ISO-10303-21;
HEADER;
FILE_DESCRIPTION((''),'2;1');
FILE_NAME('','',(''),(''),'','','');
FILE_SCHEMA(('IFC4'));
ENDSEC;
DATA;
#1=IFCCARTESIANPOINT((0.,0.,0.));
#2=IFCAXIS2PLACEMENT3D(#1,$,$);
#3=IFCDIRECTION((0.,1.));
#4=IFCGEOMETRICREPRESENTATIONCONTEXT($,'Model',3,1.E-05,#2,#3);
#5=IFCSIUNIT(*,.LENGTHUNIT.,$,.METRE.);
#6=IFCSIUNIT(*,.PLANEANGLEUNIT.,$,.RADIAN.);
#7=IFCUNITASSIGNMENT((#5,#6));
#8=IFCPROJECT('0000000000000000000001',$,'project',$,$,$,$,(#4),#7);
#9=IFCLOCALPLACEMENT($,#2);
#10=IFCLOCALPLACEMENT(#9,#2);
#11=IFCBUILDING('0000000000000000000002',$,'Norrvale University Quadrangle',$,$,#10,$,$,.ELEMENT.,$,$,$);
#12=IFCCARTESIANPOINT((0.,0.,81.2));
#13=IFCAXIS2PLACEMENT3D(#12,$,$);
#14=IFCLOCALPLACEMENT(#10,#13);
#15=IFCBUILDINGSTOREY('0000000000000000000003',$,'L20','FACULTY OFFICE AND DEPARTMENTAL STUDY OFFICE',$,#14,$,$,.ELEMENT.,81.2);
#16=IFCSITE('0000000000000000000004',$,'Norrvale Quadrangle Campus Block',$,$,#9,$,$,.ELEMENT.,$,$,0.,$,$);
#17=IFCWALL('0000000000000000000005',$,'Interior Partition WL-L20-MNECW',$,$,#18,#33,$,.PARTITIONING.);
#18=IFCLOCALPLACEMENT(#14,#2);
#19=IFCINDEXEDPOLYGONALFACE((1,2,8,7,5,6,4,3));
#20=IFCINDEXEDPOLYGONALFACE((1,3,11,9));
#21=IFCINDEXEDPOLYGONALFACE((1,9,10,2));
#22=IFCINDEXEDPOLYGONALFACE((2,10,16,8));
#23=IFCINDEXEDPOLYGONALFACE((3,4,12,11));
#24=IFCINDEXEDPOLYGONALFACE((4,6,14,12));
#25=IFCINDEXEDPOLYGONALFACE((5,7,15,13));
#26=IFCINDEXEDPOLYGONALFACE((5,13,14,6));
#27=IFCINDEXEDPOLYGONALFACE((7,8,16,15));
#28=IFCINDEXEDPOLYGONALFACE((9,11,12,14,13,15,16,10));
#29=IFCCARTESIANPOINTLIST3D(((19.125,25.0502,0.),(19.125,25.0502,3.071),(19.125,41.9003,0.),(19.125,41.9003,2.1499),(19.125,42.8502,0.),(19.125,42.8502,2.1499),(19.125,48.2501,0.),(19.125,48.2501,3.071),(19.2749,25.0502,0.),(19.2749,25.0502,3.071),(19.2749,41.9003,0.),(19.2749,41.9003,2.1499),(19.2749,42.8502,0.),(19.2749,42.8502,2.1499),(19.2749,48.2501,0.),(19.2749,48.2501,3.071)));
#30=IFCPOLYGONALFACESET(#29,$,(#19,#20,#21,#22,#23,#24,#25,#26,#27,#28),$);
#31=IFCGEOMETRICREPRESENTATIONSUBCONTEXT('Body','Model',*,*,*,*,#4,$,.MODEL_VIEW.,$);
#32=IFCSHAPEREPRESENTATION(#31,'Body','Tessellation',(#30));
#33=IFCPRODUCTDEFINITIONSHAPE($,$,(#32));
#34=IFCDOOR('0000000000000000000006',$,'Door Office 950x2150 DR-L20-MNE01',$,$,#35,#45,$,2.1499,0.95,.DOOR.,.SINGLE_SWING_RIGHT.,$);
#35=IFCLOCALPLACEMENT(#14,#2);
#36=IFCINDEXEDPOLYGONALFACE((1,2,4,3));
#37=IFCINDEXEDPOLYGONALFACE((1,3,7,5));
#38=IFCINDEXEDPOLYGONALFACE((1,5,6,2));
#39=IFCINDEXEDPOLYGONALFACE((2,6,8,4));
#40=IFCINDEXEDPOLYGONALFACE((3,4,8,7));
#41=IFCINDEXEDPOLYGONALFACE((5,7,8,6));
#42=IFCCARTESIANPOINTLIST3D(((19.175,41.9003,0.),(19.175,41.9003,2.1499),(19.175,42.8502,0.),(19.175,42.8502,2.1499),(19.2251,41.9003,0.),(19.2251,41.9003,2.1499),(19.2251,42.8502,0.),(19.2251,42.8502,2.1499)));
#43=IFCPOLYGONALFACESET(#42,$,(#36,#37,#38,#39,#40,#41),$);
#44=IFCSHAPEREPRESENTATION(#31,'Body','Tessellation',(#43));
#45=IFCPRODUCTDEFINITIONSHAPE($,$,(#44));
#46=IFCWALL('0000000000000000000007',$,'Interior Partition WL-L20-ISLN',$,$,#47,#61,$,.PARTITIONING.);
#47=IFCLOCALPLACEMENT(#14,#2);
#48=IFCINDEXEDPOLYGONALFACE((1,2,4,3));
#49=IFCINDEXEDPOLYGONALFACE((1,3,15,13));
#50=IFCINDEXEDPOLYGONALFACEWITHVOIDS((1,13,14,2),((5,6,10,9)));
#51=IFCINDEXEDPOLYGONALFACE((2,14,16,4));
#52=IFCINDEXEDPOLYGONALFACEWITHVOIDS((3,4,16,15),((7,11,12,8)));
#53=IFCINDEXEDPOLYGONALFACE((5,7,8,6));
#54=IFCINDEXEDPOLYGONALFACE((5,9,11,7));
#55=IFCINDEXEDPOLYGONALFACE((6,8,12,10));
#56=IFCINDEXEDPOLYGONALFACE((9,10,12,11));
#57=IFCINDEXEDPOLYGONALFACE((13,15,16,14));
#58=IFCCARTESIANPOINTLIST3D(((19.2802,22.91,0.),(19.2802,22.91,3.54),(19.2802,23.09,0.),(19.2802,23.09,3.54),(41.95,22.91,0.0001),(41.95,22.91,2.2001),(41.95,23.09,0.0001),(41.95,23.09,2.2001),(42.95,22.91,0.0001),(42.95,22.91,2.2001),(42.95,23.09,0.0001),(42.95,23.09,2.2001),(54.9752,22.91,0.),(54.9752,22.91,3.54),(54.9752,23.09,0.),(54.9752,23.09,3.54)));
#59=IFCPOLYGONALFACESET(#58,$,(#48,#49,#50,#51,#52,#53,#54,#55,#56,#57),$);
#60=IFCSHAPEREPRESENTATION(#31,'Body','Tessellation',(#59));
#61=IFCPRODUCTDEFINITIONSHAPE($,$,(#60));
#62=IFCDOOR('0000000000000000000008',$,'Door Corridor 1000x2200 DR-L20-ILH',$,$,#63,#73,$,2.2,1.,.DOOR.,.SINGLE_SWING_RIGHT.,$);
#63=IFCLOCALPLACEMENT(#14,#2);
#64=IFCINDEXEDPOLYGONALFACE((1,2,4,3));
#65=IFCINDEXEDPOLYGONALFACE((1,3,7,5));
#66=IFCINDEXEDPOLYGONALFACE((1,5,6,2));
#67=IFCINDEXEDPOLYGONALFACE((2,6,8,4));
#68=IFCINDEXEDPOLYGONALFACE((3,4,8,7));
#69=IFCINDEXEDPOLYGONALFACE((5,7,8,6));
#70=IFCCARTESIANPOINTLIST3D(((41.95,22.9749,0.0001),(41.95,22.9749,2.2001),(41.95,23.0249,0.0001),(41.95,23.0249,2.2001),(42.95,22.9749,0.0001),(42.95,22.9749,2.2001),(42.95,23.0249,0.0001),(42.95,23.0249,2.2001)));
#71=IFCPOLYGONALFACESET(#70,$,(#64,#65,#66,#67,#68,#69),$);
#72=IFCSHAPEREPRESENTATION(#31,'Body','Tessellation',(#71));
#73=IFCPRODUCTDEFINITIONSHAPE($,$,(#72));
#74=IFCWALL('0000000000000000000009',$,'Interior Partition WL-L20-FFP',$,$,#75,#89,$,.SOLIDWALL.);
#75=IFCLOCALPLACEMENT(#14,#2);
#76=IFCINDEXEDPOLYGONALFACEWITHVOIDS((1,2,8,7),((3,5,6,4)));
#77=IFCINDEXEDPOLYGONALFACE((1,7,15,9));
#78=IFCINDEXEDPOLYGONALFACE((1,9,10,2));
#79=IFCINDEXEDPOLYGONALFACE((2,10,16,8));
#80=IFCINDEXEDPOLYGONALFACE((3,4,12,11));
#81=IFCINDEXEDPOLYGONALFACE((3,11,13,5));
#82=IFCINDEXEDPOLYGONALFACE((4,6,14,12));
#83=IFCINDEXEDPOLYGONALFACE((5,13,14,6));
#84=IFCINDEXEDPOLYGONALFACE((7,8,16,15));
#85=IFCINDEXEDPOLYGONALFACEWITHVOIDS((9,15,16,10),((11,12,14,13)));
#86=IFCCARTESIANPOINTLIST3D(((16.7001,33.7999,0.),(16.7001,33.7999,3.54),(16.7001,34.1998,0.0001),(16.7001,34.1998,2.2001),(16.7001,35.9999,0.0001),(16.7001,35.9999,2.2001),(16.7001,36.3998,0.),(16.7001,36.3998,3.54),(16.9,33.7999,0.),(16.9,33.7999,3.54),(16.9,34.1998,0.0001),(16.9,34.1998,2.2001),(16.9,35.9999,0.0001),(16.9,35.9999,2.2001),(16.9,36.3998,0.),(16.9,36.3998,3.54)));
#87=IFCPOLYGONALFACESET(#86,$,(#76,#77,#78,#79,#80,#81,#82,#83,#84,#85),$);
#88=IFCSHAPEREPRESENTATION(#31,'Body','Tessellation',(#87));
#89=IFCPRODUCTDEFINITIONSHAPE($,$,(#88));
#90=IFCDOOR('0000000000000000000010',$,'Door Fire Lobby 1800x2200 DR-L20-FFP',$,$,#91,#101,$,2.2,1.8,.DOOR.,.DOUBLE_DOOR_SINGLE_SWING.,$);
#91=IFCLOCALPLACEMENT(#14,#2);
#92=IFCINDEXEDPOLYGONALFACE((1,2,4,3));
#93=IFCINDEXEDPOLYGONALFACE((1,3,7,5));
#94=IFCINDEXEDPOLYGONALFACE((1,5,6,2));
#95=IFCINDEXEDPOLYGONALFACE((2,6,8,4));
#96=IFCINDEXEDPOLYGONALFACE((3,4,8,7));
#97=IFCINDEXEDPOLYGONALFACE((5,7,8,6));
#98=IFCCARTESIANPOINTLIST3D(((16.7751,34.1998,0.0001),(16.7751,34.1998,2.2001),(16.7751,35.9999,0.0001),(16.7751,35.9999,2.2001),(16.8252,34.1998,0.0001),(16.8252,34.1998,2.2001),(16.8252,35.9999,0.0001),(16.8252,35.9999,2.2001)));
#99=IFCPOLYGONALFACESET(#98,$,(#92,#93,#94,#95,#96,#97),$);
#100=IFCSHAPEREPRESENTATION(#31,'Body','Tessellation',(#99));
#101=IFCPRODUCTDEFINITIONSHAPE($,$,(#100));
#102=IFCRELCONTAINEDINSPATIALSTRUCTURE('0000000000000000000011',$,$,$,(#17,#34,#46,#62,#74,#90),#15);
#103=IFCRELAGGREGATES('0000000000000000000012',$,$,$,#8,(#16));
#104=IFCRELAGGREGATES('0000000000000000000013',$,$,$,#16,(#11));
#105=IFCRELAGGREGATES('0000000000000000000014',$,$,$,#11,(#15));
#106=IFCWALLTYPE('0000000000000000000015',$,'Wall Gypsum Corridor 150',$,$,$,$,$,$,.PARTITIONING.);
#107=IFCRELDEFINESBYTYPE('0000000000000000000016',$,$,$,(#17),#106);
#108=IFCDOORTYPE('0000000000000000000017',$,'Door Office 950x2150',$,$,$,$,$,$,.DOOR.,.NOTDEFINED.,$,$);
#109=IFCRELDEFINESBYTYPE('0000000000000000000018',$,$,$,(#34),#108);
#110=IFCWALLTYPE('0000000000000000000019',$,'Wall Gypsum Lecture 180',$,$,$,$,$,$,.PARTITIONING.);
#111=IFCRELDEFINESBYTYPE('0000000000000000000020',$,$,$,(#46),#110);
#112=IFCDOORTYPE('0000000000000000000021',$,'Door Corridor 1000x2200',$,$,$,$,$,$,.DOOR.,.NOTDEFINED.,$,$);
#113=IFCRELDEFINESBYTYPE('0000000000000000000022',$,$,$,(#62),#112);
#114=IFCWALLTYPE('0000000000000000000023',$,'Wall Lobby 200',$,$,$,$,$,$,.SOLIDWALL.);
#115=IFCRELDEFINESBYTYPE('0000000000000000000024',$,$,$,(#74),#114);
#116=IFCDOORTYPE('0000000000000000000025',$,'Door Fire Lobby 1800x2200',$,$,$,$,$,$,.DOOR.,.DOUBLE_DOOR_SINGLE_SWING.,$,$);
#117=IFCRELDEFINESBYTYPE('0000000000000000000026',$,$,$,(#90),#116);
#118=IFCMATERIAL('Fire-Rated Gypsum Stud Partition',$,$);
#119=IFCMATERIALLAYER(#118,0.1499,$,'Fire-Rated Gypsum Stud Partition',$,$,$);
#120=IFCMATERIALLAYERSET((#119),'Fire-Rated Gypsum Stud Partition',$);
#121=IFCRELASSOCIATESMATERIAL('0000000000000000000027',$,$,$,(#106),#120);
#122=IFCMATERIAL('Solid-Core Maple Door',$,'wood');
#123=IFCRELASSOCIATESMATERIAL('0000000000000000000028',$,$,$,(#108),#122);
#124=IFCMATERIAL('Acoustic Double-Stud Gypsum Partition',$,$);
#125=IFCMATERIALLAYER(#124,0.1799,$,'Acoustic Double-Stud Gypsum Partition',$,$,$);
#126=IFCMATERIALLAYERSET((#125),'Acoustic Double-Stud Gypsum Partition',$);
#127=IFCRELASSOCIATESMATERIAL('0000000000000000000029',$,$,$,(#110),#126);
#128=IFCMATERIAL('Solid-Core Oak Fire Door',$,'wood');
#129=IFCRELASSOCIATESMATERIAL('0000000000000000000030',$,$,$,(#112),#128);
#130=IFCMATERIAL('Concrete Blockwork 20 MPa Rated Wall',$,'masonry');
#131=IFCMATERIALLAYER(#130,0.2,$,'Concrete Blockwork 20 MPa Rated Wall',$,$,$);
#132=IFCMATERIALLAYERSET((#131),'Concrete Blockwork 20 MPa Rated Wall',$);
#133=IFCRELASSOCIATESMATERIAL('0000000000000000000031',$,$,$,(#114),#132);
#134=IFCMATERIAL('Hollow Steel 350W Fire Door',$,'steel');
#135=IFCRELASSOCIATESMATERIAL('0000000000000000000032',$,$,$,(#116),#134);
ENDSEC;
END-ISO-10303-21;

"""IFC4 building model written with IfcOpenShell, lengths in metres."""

from ifc_helpers import new_model, si_unit, direction, frame, frame_2d, origin, place, context, subcontext, project, spatial, rectangle, extrude, material, layer, layer_set, type_object, element, fill, save


model = new_model("IFC4")

# Units and contexts
model_context = context("Model", 3, precision=1e-05, world=origin(), true_north=direction((0.0, 1.0)))
body_context = subcontext(model_context, "Body", "Model", "MODEL_VIEW")
ifc_project = project(units=[si_unit("LENGTHUNIT", "METRE"), si_unit("PLANEANGLEUNIT", "RADIAN")], contexts=[model_context])

# Site, building, storey
site_placement = place(None, origin())
site = spatial("IfcSite", under=ifc_project, at=site_placement, Name="Norrvale Quadrangle Campus Block", CompositionType="ELEMENT", RefElevation=0.0)
building_placement = place(site_placement, origin())
building = spatial("IfcBuilding", under=site, at=building_placement, Name="Norrvale University Quadrangle", CompositionType="ELEMENT")
storey_placement = place(building_placement, frame((0.0, 0.0, 81.2)))
storey = spatial("IfcBuildingStorey", under=building, at=storey_placement, Name="L20", Description="FACULTY OFFICE AND DEPARTMENTAL STUDY OFFICE", CompositionType="ELEMENT", Elevation=81.2)

# Walls, openings, doors
ifc_material_1 = material(Name="Fire-Rated Gypsum Stud Partition")
ifc_layer_1 = layer(ifc_material_1, 0.1499, Name="Fire-Rated Gypsum Stud Partition")
ifc_layer_set_1 = layer_set([ifc_layer_1], Name="Fire-Rated Gypsum Stud Partition")
wall_type_1 = type_object("IfcWallType", Name="Wall Gypsum Corridor 150", PredefinedType="PARTITIONING", material=ifc_layer_set_1)
wall_1_placement = place(storey_placement, frame((19.2, 25.05, 0.0), z_axis=(0.0, 0.0, 1.0), x_axis=(0.0, 1.0, 0.0)))
wall_1 = element("IfcWall", 1, at=wall_1_placement, inside=storey, type_object=wall_type_1, Name="Interior Partition WL-L20-MNECW", PredefinedType="PARTITIONING", context=body_context, shape_type="SweptSolid", body=[
    extrude(rectangle(XDim=23.2, YDim=0.1499, at=frame_2d((11.6001, 0.0))), origin(), (0.0, 0.0, 1.0), 3.071),
])
opening_1_placement = place(wall_1_placement, frame((16.8501, 0.0, 0.0)))
opening_1 = element("IfcOpeningElement", 2, at=opening_1_placement, cuts=wall_1, PredefinedType="OPENING", context=body_context, shape_type="SweptSolid", body=[
    extrude(rectangle(XDim=0.95, YDim=2.1499, at=frame_2d((0.4751, 1.075))), frame((0.0, 0.0869, 0.0), z_axis=(0.0, -1.0, 0.0), x_axis=(1.0, 0.0, 0.0)), (0.0, 0.0, 1.0), 0.1738),
])
ifc_material_2 = material(Name="Solid-Core Maple Door", Category="wood")
door_type_1 = type_object("IfcDoorType", Name="Door Office 950x2150", OperationType="NOTDEFINED", PredefinedType="DOOR", material=ifc_material_2)
door_1_placement = place(opening_1_placement, origin())
door_1 = element("IfcDoor", 3, at=door_1_placement, inside=storey, type_object=door_type_1, Name="Door Office 950x2150 DR-L20-MNE01", OperationType="SINGLE_SWING_RIGHT", OverallHeight=2.1499, OverallWidth=0.95, PredefinedType="DOOR", context=body_context, shape_type="SweptSolid", body=[
    extrude(rectangle(XDim=0.95, YDim=2.1499, at=frame_2d((0.4751, 1.075))), frame((0.0, 0.0249, 0.0), z_axis=(0.0, -1.0, 0.0), x_axis=(1.0, 0.0, 0.0)), (0.0, 0.0, 1.0), 0.05),
])
fill(opening_1, door_1)
ifc_material_3 = material(Name="Acoustic Double-Stud Gypsum Partition")
ifc_layer_2 = layer(ifc_material_3, 0.1799, Name="Acoustic Double-Stud Gypsum Partition")
ifc_layer_set_2 = layer_set([ifc_layer_2], Name="Acoustic Double-Stud Gypsum Partition")
wall_type_2 = type_object("IfcWallType", Name="Wall Gypsum Lecture 180", PredefinedType="PARTITIONING", material=ifc_layer_set_2)
wall_2_placement = place(storey_placement, frame((19.28, 23.0, 0.0), z_axis=(0.0, 0.0, 1.0), x_axis=(1.0, 0.0, 0.0)))
wall_2 = element("IfcWall", 4, at=wall_2_placement, inside=storey, type_object=wall_type_2, Name="Interior Partition WL-L20-ISLN", PredefinedType="PARTITIONING", context=body_context, shape_type="SweptSolid", body=[
    extrude(rectangle(XDim=35.6951, YDim=0.1799, at=frame_2d((17.8477, 0.0))), origin(), (0.0, 0.0, 1.0), 3.54),
])
opening_2_placement = place(wall_2_placement, frame((22.6699, 0.0, 0.0)))
opening_2 = element("IfcOpeningElement", 5, at=opening_2_placement, cuts=wall_2, PredefinedType="OPENING", context=body_context, shape_type="SweptSolid", body=[
    extrude(rectangle(XDim=1.0, YDim=2.2, at=frame_2d((0.5, 1.1001))), frame((0.0, 0.1021, 0.0), z_axis=(0.0, -1.0, 0.0), x_axis=(1.0, 0.0, 0.0)), (0.0, 0.0, 1.0), 0.2039),
])
ifc_material_4 = material(Name="Solid-Core Oak Fire Door", Category="wood")
door_type_2 = type_object("IfcDoorType", Name="Door Corridor 1000x2200", OperationType="NOTDEFINED", PredefinedType="DOOR", material=ifc_material_4)
door_2_placement = place(opening_2_placement, origin())
door_2 = element("IfcDoor", 6, at=door_2_placement, inside=storey, type_object=door_type_2, Name="Door Corridor 1000x2200 DR-L20-ILH", OperationType="SINGLE_SWING_RIGHT", OverallHeight=2.2, OverallWidth=1.0, PredefinedType="DOOR", context=body_context, shape_type="SweptSolid", body=[
    extrude(rectangle(XDim=1.0, YDim=2.2, at=frame_2d((0.5, 1.1001))), frame((0.0, 0.0249, 0.0), z_axis=(0.0, -1.0, 0.0), x_axis=(1.0, 0.0, 0.0)), (0.0, 0.0, 1.0), 0.05),
])
fill(opening_2, door_2)
ifc_material_5 = material(Name="Concrete Blockwork 20 MPa Rated Wall", Category="masonry")
ifc_layer_3 = layer(ifc_material_5, 0.2, Name="Concrete Blockwork 20 MPa Rated Wall")
ifc_layer_set_3 = layer_set([ifc_layer_3], Name="Concrete Blockwork 20 MPa Rated Wall")
wall_type_3 = type_object("IfcWallType", Name="Wall Lobby 200", PredefinedType="SOLIDWALL", material=ifc_layer_set_3)
wall_3_placement = place(storey_placement, frame((16.8, 33.8, 0.0), z_axis=(0.0, 0.0, 1.0), x_axis=(0.0, 1.0, 0.0)))
wall_3 = element("IfcWall", 7, at=wall_3_placement, inside=storey, type_object=wall_type_3, Name="Interior Partition WL-L20-FFP", PredefinedType="SOLIDWALL", context=body_context, shape_type="SweptSolid", body=[
    extrude(rectangle(XDim=2.5999, YDim=0.2, at=frame_2d((1.2998, 0.0))), origin(), (0.0, 0.0, 1.0), 3.54),
])
opening_3_placement = place(wall_3_placement, frame((0.3999, 0.0, 0.0)))
opening_3 = element("IfcOpeningElement", 8, at=opening_3_placement, cuts=wall_3, PredefinedType="OPENING", context=body_context, shape_type="SweptSolid", body=[
    extrude(rectangle(XDim=1.8, YDim=2.2, at=frame_2d((0.8999, 1.1001))), frame((0.0, 0.1121, 0.0), z_axis=(0.0, -1.0, 0.0), x_axis=(1.0, 0.0, 0.0)), (0.0, 0.0, 1.0), 0.2239),
])
ifc_material_6 = material(Name="Hollow Steel 350W Fire Door", Category="steel")
door_type_3 = type_object("IfcDoorType", Name="Door Fire Lobby 1800x2200", OperationType="DOUBLE_DOOR_SINGLE_SWING", PredefinedType="DOOR", material=ifc_material_6)
door_3_placement = place(opening_3_placement, origin())
door_3 = element("IfcDoor", 9, at=door_3_placement, inside=storey, type_object=door_type_3, Name="Door Fire Lobby 1800x2200 DR-L20-FFP", OperationType="DOUBLE_DOOR_SINGLE_SWING", OverallHeight=2.2, OverallWidth=1.8, PredefinedType="DOOR", context=body_context, shape_type="SweptSolid", body=[
    extrude(rectangle(XDim=1.8, YDim=2.2, at=frame_2d((0.8999, 1.1001))), frame((0.0, 0.0249, 0.0), z_axis=(0.0, -1.0, 0.0), x_axis=(1.0, 0.0, 0.0)), (0.0, 0.0, 1.0), 0.05),
])
fill(opening_3, door_3)

save(model, "model.ifc")
